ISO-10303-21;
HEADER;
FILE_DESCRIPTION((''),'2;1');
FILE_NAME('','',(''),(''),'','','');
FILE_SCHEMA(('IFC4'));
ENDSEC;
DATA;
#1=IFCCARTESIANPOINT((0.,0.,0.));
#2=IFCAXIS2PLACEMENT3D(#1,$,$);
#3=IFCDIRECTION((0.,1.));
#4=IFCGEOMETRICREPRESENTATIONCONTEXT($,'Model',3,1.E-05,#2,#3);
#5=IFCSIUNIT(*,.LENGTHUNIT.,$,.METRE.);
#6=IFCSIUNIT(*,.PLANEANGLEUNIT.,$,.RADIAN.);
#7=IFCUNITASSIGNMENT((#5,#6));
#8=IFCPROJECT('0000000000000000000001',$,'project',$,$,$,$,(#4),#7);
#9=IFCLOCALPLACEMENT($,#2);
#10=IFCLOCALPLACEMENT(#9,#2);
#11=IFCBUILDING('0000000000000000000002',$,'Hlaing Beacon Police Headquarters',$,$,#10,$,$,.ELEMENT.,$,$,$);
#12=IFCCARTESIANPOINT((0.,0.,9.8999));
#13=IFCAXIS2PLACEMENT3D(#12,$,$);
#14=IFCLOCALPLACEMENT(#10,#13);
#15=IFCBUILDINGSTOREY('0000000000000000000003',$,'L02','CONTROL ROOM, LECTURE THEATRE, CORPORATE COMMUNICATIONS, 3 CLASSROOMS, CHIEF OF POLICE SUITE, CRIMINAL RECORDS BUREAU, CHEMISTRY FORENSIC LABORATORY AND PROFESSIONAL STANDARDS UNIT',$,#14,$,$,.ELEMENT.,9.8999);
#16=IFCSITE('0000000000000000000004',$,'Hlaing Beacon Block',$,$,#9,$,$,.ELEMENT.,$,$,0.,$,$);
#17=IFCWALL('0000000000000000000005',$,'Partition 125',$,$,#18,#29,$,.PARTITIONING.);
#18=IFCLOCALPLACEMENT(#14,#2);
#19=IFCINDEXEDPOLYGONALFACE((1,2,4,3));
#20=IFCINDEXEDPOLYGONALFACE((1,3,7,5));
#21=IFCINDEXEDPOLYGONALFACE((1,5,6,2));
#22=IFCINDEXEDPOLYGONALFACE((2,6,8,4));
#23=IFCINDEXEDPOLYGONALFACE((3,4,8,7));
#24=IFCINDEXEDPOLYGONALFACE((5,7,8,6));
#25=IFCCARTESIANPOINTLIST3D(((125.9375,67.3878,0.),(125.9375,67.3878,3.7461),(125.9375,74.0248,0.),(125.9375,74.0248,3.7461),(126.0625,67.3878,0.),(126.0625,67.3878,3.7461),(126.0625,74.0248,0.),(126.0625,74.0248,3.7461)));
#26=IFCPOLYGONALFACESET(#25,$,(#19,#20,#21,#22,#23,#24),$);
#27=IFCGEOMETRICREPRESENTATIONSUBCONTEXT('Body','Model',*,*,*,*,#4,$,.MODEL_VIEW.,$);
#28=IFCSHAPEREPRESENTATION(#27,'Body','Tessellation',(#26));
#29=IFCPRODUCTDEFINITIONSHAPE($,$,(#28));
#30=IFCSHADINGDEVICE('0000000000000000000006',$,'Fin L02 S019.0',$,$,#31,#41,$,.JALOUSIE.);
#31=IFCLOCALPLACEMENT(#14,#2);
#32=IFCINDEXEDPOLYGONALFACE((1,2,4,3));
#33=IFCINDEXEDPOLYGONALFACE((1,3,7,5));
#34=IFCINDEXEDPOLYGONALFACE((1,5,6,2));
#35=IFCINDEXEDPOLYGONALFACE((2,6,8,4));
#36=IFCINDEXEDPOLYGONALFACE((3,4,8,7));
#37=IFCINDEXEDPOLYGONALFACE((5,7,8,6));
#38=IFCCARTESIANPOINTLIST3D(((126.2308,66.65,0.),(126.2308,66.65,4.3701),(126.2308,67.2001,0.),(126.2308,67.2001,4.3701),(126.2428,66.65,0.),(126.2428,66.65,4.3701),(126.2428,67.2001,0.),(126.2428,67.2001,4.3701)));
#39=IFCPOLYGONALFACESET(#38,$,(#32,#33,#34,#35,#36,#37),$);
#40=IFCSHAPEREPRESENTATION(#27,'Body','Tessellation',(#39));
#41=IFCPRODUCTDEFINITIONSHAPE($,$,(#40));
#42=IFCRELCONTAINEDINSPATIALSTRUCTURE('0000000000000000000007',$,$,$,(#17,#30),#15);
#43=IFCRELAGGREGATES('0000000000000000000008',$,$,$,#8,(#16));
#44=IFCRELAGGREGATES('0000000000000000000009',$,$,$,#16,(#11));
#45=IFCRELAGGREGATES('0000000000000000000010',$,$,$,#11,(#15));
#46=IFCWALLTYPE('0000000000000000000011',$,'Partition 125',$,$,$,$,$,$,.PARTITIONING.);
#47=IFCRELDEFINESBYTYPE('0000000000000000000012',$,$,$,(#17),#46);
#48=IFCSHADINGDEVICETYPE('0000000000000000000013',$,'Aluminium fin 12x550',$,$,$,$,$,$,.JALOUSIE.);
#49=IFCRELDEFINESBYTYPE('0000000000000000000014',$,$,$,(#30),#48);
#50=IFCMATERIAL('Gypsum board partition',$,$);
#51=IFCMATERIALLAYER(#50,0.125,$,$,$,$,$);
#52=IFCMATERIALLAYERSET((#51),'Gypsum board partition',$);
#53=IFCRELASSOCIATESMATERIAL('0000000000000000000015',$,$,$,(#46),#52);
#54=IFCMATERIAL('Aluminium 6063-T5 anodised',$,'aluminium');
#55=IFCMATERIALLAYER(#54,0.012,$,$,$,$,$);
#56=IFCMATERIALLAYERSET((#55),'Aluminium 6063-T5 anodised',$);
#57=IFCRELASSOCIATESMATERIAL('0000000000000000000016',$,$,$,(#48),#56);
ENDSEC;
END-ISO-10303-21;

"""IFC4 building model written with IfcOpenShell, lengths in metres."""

from ifc_helpers import new_model, si_unit, direction, frame, frame_2d, origin, origin_2d, place, context, subcontext, project, spatial, rectangle, extrude, material, layer, layer_set, type_object, element, save


model = new_model("IFC4")

# Units and contexts
model_context = context("Model", 3, precision=1e-05, world=origin(), true_north=direction((0.0, 1.0)))
body_context = subcontext(model_context, "Body", "Model", "MODEL_VIEW")
ifc_project = project(units=[si_unit("LENGTHUNIT", "METRE"), si_unit("PLANEANGLEUNIT", "RADIAN")], contexts=[model_context])

# Site, building, storey
site_placement = place(None, origin())
site = spatial("IfcSite", under=ifc_project, at=site_placement, Name="Hlaing Beacon Block", CompositionType="ELEMENT", RefElevation=0.0)
building_placement = place(site_placement, origin())
building = spatial("IfcBuilding", under=site, at=building_placement, Name="Hlaing Beacon Police Headquarters", CompositionType="ELEMENT")
storey_placement = place(building_placement, frame((0.0, 0.0, 9.8999)))
storey = spatial("IfcBuildingStorey", under=building, at=storey_placement, Name="L02", Description="CONTROL ROOM, LECTURE THEATRE, CORPORATE COMMUNICATIONS, 3 CLASSROOMS, CHIEF OF POLICE SUITE, CRIMINAL RECORDS BUREAU, CHEMISTRY FORENSIC LABORATORY AND PROFESSIONAL STANDARDS UNIT", CompositionType="ELEMENT", Elevation=9.8999)

# Wall
ifc_material_1 = material(Name="Gypsum board partition")
ifc_layer_1 = layer(ifc_material_1, 0.125)
ifc_layer_set_1 = layer_set([ifc_layer_1], Name="Gypsum board partition")
wall_type_1 = type_object("IfcWallType", Name="Partition 125", PredefinedType="PARTITIONING", material=ifc_layer_set_1)
wall_1_placement = place(storey_placement, frame((126.0, 67.3879, 0.0), z_axis=(0.0, 0.0, 1.0), x_axis=(0.0, 1.0, 0.0)))
element("IfcWall", 1, at=wall_1_placement, inside=storey, type_object=wall_type_1, Name="Partition 125", PredefinedType="PARTITIONING", context=body_context, shape_type="SweptSolid", body=[
    extrude(rectangle(XDim=6.637, YDim=0.125, at=frame_2d((3.3184, 0.0))), origin(), (0.0, 0.0, 1.0), 3.7461),
])

# Shading device
ifc_material_2 = material(Name="Aluminium 6063-T5 anodised", Category="aluminium")
ifc_layer_2 = layer(ifc_material_2, 0.012)
ifc_layer_set_2 = layer_set([ifc_layer_2], Name="Aluminium 6063-T5 anodised")
shading_device_type = type_object("IfcShadingDeviceType", Name="Aluminium fin 12x550", PredefinedType="JALOUSIE", material=ifc_layer_set_2)
shading_device_placement = place(storey_placement, frame((126.2368, 66.925, 0.0), z_axis=(0.0, 0.0, 1.0), x_axis=(1.0, 0.0, 0.0)))
element("IfcShadingDevice", 2, at=shading_device_placement, inside=storey, type_object=shading_device_type, Name="Fin L02 S019.0", PredefinedType="JALOUSIE", context=body_context, shape_type="SweptSolid", body=[
    extrude(rectangle(XDim=0.012, YDim=0.55, at=origin_2d()), origin(), (0.0, 0.0, 1.0), 4.3701),
])

save(model, "model.ifc")
